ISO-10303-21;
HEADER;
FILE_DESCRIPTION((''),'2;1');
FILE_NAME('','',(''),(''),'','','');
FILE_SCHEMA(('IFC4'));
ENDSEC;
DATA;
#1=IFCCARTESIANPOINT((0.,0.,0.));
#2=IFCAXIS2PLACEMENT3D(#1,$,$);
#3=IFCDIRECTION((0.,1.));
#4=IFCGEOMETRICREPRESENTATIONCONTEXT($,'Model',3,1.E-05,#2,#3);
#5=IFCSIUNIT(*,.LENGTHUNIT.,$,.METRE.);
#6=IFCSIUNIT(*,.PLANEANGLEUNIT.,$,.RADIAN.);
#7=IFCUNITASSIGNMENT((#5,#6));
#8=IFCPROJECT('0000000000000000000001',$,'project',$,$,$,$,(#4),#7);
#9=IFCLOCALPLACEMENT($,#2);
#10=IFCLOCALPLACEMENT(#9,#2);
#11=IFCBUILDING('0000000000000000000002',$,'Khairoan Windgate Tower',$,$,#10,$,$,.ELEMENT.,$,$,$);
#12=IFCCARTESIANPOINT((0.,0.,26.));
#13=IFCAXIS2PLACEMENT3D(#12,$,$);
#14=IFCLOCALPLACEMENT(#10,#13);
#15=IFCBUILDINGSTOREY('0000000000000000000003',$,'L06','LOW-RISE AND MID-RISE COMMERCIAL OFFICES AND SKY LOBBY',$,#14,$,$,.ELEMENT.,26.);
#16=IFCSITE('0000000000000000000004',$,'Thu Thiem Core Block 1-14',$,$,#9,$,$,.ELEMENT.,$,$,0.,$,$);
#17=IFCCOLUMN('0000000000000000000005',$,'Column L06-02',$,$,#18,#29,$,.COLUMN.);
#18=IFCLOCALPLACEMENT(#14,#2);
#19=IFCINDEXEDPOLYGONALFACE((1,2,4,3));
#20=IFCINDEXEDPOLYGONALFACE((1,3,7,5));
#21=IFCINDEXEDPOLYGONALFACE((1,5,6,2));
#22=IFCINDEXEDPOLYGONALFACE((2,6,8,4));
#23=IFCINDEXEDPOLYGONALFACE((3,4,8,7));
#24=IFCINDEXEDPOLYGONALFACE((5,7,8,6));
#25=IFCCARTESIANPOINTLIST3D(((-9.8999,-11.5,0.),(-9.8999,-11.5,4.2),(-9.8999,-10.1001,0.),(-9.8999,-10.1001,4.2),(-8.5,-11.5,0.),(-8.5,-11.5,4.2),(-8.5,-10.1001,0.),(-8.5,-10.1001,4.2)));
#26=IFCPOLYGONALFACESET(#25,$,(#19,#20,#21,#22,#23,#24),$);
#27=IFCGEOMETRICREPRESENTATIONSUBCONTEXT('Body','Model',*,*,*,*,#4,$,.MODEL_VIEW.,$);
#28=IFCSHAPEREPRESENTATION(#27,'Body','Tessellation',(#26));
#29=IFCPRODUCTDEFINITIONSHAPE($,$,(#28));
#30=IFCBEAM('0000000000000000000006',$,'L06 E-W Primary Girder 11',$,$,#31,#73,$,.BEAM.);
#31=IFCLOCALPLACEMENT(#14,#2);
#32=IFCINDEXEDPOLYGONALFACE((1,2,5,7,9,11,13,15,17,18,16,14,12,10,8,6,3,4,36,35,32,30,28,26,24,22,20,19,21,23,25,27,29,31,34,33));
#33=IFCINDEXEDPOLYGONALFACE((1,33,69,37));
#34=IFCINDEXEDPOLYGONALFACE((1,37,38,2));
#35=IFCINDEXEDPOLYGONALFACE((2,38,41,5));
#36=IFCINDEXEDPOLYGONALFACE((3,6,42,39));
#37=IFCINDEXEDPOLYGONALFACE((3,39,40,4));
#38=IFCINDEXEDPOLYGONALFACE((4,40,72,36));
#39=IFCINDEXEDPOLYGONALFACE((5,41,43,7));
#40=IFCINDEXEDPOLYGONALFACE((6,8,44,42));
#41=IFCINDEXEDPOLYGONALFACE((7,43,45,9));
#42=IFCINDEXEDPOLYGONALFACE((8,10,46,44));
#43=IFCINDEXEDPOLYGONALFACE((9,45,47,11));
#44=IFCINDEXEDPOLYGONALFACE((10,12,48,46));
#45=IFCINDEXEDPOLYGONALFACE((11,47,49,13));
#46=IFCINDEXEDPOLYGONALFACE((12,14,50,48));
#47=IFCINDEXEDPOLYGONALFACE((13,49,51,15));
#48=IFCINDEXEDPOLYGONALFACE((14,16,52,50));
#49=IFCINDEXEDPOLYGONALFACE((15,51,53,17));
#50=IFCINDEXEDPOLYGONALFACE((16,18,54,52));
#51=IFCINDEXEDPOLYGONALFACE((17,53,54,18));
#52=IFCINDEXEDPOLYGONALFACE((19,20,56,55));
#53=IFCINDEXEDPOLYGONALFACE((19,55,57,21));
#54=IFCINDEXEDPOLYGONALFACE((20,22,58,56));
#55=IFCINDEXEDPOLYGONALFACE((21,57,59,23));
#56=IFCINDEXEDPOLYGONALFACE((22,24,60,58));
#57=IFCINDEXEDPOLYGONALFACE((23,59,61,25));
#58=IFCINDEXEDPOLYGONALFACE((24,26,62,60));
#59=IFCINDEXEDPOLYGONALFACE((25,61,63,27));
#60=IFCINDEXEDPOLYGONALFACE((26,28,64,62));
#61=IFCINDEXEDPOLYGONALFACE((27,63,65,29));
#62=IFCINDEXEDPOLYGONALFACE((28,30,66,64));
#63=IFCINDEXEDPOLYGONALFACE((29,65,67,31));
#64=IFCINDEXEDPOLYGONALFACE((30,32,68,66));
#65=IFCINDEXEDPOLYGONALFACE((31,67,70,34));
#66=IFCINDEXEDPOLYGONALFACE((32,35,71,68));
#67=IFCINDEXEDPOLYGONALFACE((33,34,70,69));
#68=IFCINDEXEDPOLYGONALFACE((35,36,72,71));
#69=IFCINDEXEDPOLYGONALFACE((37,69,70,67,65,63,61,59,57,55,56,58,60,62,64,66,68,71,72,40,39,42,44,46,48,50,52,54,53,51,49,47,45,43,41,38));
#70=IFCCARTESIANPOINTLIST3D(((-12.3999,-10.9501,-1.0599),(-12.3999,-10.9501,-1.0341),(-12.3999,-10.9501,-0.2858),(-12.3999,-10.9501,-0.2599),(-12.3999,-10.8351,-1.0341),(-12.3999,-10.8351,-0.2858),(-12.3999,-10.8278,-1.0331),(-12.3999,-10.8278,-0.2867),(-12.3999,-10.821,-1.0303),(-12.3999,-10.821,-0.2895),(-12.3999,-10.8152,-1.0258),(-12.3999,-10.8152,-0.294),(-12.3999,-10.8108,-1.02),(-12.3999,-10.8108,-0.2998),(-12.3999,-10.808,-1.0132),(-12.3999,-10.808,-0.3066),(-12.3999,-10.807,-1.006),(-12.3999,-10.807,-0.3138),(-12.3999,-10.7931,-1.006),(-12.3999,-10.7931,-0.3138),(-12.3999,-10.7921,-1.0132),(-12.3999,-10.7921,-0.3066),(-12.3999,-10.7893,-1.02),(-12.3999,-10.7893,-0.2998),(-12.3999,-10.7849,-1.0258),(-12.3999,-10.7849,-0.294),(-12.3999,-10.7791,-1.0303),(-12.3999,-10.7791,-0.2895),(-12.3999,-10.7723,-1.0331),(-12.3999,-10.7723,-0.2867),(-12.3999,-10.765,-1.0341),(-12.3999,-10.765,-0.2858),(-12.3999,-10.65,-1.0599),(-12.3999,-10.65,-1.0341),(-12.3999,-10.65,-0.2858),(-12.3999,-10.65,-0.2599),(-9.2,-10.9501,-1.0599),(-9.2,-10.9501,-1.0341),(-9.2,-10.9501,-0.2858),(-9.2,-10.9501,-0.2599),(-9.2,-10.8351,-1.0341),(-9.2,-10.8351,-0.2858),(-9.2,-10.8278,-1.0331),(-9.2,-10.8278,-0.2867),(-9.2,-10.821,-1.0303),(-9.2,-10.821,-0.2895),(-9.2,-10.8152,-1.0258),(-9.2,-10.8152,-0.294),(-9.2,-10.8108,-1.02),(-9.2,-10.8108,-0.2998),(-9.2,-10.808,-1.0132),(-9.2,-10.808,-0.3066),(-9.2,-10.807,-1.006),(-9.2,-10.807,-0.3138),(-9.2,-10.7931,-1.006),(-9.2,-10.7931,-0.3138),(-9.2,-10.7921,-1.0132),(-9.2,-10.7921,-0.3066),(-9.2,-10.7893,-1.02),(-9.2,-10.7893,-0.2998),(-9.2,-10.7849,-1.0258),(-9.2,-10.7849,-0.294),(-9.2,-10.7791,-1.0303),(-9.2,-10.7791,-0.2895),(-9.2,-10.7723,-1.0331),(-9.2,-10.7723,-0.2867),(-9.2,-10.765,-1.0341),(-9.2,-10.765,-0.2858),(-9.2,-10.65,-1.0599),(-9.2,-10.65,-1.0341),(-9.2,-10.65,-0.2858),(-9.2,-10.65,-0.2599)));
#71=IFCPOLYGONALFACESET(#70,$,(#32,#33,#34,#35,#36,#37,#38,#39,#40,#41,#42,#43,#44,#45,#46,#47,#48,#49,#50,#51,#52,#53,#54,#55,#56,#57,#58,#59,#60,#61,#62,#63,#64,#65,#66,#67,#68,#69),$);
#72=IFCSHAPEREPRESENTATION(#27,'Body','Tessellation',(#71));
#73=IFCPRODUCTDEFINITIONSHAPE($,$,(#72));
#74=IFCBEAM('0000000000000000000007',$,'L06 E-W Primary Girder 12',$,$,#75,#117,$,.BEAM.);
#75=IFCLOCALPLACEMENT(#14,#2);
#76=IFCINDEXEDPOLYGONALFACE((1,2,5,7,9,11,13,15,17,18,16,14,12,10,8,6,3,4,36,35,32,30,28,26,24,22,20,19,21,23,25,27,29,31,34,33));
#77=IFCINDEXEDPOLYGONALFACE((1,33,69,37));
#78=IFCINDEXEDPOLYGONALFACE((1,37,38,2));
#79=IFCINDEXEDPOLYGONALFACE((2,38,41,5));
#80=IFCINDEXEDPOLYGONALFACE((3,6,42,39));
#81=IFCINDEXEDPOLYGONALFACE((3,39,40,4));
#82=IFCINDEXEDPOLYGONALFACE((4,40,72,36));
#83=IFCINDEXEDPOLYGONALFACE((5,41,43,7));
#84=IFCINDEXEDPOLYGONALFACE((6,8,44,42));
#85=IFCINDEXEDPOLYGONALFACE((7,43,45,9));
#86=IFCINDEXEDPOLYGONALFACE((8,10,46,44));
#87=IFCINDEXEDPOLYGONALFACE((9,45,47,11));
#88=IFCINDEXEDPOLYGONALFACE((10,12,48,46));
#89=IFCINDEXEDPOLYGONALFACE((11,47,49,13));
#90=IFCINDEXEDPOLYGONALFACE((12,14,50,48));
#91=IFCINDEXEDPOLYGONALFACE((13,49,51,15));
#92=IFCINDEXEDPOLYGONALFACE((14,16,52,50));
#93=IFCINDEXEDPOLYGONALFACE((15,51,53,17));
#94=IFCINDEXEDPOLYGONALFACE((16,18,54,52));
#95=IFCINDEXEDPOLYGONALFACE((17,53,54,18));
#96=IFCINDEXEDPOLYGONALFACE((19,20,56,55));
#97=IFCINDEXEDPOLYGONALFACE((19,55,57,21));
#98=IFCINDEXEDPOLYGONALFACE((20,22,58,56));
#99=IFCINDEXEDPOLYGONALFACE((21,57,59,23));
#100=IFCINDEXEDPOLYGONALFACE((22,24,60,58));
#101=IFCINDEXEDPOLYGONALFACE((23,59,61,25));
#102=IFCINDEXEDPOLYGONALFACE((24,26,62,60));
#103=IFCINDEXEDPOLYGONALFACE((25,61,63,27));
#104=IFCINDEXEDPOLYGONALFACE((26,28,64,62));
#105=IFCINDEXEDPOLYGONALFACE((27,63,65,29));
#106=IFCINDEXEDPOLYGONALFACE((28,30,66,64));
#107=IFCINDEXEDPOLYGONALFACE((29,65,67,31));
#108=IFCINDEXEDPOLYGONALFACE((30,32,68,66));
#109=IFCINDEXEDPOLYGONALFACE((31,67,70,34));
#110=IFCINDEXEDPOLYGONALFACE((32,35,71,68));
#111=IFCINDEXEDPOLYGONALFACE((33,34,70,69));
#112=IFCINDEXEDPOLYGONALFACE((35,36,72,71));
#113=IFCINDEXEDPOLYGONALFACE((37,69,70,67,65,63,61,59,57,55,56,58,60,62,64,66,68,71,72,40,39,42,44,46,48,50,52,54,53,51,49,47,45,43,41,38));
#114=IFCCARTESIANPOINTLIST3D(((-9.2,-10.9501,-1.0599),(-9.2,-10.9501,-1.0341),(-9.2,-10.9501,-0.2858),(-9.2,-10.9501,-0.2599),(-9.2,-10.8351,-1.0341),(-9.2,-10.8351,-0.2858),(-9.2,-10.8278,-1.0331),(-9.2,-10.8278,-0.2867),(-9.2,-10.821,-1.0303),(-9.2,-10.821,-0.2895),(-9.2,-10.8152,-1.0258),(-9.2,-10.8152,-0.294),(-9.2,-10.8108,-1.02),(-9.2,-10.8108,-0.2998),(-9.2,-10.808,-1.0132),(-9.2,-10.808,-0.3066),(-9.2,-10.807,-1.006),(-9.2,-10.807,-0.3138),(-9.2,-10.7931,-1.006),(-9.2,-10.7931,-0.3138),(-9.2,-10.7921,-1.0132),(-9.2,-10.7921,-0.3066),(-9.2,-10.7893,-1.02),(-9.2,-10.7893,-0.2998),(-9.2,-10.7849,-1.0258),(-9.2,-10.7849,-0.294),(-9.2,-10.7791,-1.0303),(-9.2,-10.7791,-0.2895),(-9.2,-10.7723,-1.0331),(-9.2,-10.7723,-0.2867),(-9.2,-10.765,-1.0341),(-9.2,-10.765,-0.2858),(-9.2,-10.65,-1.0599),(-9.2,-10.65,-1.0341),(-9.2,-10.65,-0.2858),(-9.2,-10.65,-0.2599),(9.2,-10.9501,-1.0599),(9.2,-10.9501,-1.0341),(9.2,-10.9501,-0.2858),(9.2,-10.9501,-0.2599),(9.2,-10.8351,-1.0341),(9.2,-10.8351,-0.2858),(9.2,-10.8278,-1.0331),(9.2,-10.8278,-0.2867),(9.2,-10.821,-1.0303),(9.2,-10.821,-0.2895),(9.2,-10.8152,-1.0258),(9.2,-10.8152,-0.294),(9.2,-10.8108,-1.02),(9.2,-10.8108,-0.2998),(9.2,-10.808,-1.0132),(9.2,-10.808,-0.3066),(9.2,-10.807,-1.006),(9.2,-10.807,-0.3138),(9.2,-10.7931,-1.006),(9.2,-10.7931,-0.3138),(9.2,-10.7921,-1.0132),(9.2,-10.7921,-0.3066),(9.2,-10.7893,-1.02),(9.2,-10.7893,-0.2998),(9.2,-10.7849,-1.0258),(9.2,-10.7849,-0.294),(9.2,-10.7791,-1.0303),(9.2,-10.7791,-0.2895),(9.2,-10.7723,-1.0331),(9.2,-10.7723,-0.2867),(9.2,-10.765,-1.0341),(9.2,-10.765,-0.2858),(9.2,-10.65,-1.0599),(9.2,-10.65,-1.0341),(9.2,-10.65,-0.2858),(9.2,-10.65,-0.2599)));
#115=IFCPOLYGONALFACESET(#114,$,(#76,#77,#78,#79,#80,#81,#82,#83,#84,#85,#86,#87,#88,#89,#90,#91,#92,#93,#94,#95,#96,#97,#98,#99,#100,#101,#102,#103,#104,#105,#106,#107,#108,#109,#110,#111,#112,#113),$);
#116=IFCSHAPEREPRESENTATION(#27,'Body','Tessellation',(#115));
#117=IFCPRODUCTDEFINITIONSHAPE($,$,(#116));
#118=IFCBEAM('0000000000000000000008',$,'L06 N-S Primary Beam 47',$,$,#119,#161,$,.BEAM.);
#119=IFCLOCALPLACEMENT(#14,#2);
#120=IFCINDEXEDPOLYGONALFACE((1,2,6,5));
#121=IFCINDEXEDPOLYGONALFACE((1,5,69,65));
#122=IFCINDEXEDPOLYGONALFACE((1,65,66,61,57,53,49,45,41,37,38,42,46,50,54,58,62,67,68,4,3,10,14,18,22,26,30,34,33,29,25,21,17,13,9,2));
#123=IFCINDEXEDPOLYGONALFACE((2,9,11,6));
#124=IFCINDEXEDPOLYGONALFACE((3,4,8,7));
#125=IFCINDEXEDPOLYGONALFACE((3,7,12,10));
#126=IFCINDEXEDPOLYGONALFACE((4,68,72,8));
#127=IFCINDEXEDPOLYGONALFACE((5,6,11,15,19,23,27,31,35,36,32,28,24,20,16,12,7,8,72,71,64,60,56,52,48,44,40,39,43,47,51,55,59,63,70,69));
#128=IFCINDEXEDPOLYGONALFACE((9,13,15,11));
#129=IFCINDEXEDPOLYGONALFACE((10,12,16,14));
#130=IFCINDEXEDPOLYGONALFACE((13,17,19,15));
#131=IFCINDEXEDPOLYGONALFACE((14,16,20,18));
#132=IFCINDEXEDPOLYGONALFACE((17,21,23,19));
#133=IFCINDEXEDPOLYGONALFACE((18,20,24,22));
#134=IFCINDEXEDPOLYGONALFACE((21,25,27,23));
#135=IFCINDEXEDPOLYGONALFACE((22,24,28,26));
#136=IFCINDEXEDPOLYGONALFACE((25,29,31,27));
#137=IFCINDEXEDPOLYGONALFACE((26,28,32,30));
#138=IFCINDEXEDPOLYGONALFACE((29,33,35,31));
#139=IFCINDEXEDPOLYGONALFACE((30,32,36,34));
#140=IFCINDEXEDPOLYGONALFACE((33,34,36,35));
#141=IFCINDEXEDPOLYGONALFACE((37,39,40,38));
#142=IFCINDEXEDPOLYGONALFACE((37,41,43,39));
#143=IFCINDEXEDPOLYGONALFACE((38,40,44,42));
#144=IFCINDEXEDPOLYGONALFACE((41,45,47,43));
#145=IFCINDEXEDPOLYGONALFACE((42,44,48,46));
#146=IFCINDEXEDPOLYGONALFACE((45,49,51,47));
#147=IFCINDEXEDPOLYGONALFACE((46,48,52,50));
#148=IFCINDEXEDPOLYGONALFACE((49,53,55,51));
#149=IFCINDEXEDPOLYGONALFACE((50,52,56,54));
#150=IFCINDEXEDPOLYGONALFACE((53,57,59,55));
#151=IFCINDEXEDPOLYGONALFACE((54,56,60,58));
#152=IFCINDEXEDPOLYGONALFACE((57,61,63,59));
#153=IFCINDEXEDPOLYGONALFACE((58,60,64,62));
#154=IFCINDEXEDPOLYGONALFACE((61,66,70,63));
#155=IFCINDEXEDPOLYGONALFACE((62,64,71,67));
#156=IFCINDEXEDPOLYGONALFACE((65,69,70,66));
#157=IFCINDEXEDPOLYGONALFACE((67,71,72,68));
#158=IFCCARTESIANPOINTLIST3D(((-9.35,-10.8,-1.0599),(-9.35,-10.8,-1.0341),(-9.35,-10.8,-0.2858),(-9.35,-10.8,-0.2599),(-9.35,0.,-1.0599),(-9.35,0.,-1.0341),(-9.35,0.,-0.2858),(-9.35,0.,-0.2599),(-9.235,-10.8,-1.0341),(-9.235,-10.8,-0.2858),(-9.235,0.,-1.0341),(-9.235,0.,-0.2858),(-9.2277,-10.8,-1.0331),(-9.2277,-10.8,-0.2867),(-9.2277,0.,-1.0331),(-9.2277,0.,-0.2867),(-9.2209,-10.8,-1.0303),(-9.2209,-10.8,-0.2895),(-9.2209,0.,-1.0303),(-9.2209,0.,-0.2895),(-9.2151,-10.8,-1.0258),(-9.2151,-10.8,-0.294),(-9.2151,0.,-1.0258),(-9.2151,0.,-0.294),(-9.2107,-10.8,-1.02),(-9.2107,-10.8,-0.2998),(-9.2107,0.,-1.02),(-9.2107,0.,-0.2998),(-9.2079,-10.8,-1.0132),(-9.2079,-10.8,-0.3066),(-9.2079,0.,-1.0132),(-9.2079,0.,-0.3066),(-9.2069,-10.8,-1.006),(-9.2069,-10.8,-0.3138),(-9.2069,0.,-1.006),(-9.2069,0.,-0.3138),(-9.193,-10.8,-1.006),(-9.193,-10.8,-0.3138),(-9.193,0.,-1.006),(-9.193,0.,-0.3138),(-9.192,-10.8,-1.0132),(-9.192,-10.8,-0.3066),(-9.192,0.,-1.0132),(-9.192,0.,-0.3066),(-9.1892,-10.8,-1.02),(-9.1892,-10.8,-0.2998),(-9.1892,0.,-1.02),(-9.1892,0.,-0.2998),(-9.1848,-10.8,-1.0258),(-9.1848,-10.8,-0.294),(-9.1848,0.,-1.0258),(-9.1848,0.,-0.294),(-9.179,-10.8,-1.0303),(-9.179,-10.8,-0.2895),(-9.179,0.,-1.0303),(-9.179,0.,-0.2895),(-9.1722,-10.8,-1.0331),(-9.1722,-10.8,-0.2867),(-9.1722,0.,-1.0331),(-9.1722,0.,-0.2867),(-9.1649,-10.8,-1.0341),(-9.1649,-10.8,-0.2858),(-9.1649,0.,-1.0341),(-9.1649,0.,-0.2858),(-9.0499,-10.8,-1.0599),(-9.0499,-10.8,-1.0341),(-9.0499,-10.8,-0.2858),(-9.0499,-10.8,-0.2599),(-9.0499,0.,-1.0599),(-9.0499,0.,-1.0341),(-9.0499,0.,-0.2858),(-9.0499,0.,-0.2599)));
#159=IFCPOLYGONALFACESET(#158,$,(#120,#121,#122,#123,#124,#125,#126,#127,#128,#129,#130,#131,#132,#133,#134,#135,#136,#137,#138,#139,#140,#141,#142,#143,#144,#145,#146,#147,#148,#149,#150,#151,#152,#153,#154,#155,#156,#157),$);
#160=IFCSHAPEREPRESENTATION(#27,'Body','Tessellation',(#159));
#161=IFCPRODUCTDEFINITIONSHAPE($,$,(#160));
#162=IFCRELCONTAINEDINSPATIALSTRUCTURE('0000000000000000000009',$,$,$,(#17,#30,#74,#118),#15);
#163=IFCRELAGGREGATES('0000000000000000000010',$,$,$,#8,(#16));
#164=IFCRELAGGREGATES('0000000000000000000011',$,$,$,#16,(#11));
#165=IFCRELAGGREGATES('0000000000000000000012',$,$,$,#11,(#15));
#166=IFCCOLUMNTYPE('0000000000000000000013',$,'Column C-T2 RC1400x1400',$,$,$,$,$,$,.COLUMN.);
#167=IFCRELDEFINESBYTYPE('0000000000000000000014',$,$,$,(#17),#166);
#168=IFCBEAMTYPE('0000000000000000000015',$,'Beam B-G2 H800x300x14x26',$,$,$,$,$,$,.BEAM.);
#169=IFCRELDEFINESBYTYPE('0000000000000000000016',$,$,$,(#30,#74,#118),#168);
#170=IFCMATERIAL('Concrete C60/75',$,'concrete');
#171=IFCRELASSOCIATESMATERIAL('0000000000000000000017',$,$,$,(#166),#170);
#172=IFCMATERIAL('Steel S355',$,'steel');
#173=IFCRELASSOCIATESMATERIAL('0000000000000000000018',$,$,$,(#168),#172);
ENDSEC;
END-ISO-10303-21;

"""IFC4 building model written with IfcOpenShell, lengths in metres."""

from ifc_helpers import new_model, si_unit, direction, frame, origin, origin_2d, place, context, subcontext, project, spatial, rectangle, i_section, extrude, material, material_profile, profile_set, type_object, element, save


model = new_model("IFC4")

# Units and contexts
model_context = context("Model", 3, precision=1e-05, world=origin(), true_north=direction((0.0, 1.0)))
body_context = subcontext(model_context, "Body", "Model", "MODEL_VIEW")
ifc_project = project(units=[si_unit("LENGTHUNIT", "METRE"), si_unit("PLANEANGLEUNIT", "RADIAN")], contexts=[model_context])

# Site, building, storey
site_placement = place(None, origin())
site = spatial("IfcSite", under=ifc_project, at=site_placement, Name="Thu Thiem Core Block 1-14", CompositionType="ELEMENT", RefElevation=0.0)
building_placement = place(site_placement, origin())
building = spatial("IfcBuilding", under=site, at=building_placement, Name="Khairoan Windgate Tower", CompositionType="ELEMENT")
storey_placement = place(building_placement, frame((0.0, 0.0, 26.0)))
storey = spatial("IfcBuildingStorey", under=building, at=storey_placement, Name="L06", Description="LOW-RISE AND MID-RISE COMMERCIAL OFFICES AND SKY LOBBY", CompositionType="ELEMENT", Elevation=26.0)

# Column
ifc_material_1 = material(Name="Concrete C60/75", Category="concrete")
ifc_material_profile_1 = material_profile(ifc_material_1, rectangle(XDim=1.3999, YDim=1.3999, at=origin_2d()))
ifc_profile_set_1 = profile_set([ifc_material_profile_1], Name="Concrete C60/75")
column_type = type_object("IfcColumnType", Name="Column C-T2 RC1400x1400", PredefinedType="COLUMN", material=ifc_profile_set_1)
column_placement = place(storey_placement, frame((-9.2, -10.8, 0.0), z_axis=(0.0, 0.0, 1.0), x_axis=(1.0, 0.0, 0.0)))
element("IfcColumn", 1, at=column_placement, inside=storey, type_object=column_type, Name="Column L06-02", PredefinedType="COLUMN", context=body_context, shape_type="SweptSolid", body=[
    extrude(rectangle(XDim=1.3999, YDim=1.3999, at=origin_2d()), origin(), (0.0, 0.0, 1.0), 4.2),
])

# Beams
ifc_material_2 = material(Name="Steel S355", Category="steel")
ifc_material_profile_2 = material_profile(ifc_material_2, i_section(OverallWidth=0.3, OverallDepth=0.8, WebThickness=0.0139, FlangeThickness=0.0259, FilletRadius=0.0281, at=origin_2d()))
ifc_profile_set_2 = profile_set([ifc_material_profile_2], Name="Steel S355")
beam_type_1 = type_object("IfcBeamType", Name="Beam B-G2 H800x300x14x26", PredefinedType="BEAM", material=ifc_profile_set_2)
beam_1_placement = place(storey_placement, frame((-12.3999, -10.8, -0.6599), z_axis=(1.0, 0.0, 0.0), x_axis=(0.0, 1.0, 0.0)))
element("IfcBeam", 2, at=beam_1_placement, inside=storey, type_object=beam_type_1, Name="L06 E-W Primary Girder 11", PredefinedType="BEAM", context=body_context, shape_type="SweptSolid", body=[
    extrude(i_section(OverallWidth=0.3, OverallDepth=0.8, WebThickness=0.0139, FlangeThickness=0.0259, FilletRadius=0.0281, at=origin_2d()), origin(), (0.0, 0.0, 1.0), 3.2),
])
beam_2_placement = place(storey_placement, frame((-9.2, -10.8, -0.6599), z_axis=(1.0, 0.0, 0.0), x_axis=(0.0, 1.0, 0.0)))
element("IfcBeam", 3, at=beam_2_placement, inside=storey, type_object=beam_type_1, Name="L06 E-W Primary Girder 12", PredefinedType="BEAM", context=body_context, shape_type="SweptSolid", body=[
    extrude(i_section(OverallWidth=0.3, OverallDepth=0.8, WebThickness=0.0139, FlangeThickness=0.0259, FilletRadius=0.0281, at=origin_2d()), origin(), (0.0, 0.0, 1.0), 18.3999),
])
beam_3_placement = place(storey_placement, frame((-9.2, -10.8, -0.6599), z_axis=(0.0, 1.0, 0.0), x_axis=(-1.0, 0.0, 0.0)))
element("IfcBeam", 4, at=beam_3_placement, inside=storey, type_object=beam_type_1, Name="L06 N-S Primary Beam 47", PredefinedType="BEAM", context=body_context, shape_type="SweptSolid", body=[
    extrude(i_section(OverallWidth=0.3, OverallDepth=0.8, WebThickness=0.0139, FlangeThickness=0.0259, FilletRadius=0.0281, at=origin_2d()), origin(), (0.0, 0.0, 1.0), 10.8),
])

save(model, "model.ifc")
